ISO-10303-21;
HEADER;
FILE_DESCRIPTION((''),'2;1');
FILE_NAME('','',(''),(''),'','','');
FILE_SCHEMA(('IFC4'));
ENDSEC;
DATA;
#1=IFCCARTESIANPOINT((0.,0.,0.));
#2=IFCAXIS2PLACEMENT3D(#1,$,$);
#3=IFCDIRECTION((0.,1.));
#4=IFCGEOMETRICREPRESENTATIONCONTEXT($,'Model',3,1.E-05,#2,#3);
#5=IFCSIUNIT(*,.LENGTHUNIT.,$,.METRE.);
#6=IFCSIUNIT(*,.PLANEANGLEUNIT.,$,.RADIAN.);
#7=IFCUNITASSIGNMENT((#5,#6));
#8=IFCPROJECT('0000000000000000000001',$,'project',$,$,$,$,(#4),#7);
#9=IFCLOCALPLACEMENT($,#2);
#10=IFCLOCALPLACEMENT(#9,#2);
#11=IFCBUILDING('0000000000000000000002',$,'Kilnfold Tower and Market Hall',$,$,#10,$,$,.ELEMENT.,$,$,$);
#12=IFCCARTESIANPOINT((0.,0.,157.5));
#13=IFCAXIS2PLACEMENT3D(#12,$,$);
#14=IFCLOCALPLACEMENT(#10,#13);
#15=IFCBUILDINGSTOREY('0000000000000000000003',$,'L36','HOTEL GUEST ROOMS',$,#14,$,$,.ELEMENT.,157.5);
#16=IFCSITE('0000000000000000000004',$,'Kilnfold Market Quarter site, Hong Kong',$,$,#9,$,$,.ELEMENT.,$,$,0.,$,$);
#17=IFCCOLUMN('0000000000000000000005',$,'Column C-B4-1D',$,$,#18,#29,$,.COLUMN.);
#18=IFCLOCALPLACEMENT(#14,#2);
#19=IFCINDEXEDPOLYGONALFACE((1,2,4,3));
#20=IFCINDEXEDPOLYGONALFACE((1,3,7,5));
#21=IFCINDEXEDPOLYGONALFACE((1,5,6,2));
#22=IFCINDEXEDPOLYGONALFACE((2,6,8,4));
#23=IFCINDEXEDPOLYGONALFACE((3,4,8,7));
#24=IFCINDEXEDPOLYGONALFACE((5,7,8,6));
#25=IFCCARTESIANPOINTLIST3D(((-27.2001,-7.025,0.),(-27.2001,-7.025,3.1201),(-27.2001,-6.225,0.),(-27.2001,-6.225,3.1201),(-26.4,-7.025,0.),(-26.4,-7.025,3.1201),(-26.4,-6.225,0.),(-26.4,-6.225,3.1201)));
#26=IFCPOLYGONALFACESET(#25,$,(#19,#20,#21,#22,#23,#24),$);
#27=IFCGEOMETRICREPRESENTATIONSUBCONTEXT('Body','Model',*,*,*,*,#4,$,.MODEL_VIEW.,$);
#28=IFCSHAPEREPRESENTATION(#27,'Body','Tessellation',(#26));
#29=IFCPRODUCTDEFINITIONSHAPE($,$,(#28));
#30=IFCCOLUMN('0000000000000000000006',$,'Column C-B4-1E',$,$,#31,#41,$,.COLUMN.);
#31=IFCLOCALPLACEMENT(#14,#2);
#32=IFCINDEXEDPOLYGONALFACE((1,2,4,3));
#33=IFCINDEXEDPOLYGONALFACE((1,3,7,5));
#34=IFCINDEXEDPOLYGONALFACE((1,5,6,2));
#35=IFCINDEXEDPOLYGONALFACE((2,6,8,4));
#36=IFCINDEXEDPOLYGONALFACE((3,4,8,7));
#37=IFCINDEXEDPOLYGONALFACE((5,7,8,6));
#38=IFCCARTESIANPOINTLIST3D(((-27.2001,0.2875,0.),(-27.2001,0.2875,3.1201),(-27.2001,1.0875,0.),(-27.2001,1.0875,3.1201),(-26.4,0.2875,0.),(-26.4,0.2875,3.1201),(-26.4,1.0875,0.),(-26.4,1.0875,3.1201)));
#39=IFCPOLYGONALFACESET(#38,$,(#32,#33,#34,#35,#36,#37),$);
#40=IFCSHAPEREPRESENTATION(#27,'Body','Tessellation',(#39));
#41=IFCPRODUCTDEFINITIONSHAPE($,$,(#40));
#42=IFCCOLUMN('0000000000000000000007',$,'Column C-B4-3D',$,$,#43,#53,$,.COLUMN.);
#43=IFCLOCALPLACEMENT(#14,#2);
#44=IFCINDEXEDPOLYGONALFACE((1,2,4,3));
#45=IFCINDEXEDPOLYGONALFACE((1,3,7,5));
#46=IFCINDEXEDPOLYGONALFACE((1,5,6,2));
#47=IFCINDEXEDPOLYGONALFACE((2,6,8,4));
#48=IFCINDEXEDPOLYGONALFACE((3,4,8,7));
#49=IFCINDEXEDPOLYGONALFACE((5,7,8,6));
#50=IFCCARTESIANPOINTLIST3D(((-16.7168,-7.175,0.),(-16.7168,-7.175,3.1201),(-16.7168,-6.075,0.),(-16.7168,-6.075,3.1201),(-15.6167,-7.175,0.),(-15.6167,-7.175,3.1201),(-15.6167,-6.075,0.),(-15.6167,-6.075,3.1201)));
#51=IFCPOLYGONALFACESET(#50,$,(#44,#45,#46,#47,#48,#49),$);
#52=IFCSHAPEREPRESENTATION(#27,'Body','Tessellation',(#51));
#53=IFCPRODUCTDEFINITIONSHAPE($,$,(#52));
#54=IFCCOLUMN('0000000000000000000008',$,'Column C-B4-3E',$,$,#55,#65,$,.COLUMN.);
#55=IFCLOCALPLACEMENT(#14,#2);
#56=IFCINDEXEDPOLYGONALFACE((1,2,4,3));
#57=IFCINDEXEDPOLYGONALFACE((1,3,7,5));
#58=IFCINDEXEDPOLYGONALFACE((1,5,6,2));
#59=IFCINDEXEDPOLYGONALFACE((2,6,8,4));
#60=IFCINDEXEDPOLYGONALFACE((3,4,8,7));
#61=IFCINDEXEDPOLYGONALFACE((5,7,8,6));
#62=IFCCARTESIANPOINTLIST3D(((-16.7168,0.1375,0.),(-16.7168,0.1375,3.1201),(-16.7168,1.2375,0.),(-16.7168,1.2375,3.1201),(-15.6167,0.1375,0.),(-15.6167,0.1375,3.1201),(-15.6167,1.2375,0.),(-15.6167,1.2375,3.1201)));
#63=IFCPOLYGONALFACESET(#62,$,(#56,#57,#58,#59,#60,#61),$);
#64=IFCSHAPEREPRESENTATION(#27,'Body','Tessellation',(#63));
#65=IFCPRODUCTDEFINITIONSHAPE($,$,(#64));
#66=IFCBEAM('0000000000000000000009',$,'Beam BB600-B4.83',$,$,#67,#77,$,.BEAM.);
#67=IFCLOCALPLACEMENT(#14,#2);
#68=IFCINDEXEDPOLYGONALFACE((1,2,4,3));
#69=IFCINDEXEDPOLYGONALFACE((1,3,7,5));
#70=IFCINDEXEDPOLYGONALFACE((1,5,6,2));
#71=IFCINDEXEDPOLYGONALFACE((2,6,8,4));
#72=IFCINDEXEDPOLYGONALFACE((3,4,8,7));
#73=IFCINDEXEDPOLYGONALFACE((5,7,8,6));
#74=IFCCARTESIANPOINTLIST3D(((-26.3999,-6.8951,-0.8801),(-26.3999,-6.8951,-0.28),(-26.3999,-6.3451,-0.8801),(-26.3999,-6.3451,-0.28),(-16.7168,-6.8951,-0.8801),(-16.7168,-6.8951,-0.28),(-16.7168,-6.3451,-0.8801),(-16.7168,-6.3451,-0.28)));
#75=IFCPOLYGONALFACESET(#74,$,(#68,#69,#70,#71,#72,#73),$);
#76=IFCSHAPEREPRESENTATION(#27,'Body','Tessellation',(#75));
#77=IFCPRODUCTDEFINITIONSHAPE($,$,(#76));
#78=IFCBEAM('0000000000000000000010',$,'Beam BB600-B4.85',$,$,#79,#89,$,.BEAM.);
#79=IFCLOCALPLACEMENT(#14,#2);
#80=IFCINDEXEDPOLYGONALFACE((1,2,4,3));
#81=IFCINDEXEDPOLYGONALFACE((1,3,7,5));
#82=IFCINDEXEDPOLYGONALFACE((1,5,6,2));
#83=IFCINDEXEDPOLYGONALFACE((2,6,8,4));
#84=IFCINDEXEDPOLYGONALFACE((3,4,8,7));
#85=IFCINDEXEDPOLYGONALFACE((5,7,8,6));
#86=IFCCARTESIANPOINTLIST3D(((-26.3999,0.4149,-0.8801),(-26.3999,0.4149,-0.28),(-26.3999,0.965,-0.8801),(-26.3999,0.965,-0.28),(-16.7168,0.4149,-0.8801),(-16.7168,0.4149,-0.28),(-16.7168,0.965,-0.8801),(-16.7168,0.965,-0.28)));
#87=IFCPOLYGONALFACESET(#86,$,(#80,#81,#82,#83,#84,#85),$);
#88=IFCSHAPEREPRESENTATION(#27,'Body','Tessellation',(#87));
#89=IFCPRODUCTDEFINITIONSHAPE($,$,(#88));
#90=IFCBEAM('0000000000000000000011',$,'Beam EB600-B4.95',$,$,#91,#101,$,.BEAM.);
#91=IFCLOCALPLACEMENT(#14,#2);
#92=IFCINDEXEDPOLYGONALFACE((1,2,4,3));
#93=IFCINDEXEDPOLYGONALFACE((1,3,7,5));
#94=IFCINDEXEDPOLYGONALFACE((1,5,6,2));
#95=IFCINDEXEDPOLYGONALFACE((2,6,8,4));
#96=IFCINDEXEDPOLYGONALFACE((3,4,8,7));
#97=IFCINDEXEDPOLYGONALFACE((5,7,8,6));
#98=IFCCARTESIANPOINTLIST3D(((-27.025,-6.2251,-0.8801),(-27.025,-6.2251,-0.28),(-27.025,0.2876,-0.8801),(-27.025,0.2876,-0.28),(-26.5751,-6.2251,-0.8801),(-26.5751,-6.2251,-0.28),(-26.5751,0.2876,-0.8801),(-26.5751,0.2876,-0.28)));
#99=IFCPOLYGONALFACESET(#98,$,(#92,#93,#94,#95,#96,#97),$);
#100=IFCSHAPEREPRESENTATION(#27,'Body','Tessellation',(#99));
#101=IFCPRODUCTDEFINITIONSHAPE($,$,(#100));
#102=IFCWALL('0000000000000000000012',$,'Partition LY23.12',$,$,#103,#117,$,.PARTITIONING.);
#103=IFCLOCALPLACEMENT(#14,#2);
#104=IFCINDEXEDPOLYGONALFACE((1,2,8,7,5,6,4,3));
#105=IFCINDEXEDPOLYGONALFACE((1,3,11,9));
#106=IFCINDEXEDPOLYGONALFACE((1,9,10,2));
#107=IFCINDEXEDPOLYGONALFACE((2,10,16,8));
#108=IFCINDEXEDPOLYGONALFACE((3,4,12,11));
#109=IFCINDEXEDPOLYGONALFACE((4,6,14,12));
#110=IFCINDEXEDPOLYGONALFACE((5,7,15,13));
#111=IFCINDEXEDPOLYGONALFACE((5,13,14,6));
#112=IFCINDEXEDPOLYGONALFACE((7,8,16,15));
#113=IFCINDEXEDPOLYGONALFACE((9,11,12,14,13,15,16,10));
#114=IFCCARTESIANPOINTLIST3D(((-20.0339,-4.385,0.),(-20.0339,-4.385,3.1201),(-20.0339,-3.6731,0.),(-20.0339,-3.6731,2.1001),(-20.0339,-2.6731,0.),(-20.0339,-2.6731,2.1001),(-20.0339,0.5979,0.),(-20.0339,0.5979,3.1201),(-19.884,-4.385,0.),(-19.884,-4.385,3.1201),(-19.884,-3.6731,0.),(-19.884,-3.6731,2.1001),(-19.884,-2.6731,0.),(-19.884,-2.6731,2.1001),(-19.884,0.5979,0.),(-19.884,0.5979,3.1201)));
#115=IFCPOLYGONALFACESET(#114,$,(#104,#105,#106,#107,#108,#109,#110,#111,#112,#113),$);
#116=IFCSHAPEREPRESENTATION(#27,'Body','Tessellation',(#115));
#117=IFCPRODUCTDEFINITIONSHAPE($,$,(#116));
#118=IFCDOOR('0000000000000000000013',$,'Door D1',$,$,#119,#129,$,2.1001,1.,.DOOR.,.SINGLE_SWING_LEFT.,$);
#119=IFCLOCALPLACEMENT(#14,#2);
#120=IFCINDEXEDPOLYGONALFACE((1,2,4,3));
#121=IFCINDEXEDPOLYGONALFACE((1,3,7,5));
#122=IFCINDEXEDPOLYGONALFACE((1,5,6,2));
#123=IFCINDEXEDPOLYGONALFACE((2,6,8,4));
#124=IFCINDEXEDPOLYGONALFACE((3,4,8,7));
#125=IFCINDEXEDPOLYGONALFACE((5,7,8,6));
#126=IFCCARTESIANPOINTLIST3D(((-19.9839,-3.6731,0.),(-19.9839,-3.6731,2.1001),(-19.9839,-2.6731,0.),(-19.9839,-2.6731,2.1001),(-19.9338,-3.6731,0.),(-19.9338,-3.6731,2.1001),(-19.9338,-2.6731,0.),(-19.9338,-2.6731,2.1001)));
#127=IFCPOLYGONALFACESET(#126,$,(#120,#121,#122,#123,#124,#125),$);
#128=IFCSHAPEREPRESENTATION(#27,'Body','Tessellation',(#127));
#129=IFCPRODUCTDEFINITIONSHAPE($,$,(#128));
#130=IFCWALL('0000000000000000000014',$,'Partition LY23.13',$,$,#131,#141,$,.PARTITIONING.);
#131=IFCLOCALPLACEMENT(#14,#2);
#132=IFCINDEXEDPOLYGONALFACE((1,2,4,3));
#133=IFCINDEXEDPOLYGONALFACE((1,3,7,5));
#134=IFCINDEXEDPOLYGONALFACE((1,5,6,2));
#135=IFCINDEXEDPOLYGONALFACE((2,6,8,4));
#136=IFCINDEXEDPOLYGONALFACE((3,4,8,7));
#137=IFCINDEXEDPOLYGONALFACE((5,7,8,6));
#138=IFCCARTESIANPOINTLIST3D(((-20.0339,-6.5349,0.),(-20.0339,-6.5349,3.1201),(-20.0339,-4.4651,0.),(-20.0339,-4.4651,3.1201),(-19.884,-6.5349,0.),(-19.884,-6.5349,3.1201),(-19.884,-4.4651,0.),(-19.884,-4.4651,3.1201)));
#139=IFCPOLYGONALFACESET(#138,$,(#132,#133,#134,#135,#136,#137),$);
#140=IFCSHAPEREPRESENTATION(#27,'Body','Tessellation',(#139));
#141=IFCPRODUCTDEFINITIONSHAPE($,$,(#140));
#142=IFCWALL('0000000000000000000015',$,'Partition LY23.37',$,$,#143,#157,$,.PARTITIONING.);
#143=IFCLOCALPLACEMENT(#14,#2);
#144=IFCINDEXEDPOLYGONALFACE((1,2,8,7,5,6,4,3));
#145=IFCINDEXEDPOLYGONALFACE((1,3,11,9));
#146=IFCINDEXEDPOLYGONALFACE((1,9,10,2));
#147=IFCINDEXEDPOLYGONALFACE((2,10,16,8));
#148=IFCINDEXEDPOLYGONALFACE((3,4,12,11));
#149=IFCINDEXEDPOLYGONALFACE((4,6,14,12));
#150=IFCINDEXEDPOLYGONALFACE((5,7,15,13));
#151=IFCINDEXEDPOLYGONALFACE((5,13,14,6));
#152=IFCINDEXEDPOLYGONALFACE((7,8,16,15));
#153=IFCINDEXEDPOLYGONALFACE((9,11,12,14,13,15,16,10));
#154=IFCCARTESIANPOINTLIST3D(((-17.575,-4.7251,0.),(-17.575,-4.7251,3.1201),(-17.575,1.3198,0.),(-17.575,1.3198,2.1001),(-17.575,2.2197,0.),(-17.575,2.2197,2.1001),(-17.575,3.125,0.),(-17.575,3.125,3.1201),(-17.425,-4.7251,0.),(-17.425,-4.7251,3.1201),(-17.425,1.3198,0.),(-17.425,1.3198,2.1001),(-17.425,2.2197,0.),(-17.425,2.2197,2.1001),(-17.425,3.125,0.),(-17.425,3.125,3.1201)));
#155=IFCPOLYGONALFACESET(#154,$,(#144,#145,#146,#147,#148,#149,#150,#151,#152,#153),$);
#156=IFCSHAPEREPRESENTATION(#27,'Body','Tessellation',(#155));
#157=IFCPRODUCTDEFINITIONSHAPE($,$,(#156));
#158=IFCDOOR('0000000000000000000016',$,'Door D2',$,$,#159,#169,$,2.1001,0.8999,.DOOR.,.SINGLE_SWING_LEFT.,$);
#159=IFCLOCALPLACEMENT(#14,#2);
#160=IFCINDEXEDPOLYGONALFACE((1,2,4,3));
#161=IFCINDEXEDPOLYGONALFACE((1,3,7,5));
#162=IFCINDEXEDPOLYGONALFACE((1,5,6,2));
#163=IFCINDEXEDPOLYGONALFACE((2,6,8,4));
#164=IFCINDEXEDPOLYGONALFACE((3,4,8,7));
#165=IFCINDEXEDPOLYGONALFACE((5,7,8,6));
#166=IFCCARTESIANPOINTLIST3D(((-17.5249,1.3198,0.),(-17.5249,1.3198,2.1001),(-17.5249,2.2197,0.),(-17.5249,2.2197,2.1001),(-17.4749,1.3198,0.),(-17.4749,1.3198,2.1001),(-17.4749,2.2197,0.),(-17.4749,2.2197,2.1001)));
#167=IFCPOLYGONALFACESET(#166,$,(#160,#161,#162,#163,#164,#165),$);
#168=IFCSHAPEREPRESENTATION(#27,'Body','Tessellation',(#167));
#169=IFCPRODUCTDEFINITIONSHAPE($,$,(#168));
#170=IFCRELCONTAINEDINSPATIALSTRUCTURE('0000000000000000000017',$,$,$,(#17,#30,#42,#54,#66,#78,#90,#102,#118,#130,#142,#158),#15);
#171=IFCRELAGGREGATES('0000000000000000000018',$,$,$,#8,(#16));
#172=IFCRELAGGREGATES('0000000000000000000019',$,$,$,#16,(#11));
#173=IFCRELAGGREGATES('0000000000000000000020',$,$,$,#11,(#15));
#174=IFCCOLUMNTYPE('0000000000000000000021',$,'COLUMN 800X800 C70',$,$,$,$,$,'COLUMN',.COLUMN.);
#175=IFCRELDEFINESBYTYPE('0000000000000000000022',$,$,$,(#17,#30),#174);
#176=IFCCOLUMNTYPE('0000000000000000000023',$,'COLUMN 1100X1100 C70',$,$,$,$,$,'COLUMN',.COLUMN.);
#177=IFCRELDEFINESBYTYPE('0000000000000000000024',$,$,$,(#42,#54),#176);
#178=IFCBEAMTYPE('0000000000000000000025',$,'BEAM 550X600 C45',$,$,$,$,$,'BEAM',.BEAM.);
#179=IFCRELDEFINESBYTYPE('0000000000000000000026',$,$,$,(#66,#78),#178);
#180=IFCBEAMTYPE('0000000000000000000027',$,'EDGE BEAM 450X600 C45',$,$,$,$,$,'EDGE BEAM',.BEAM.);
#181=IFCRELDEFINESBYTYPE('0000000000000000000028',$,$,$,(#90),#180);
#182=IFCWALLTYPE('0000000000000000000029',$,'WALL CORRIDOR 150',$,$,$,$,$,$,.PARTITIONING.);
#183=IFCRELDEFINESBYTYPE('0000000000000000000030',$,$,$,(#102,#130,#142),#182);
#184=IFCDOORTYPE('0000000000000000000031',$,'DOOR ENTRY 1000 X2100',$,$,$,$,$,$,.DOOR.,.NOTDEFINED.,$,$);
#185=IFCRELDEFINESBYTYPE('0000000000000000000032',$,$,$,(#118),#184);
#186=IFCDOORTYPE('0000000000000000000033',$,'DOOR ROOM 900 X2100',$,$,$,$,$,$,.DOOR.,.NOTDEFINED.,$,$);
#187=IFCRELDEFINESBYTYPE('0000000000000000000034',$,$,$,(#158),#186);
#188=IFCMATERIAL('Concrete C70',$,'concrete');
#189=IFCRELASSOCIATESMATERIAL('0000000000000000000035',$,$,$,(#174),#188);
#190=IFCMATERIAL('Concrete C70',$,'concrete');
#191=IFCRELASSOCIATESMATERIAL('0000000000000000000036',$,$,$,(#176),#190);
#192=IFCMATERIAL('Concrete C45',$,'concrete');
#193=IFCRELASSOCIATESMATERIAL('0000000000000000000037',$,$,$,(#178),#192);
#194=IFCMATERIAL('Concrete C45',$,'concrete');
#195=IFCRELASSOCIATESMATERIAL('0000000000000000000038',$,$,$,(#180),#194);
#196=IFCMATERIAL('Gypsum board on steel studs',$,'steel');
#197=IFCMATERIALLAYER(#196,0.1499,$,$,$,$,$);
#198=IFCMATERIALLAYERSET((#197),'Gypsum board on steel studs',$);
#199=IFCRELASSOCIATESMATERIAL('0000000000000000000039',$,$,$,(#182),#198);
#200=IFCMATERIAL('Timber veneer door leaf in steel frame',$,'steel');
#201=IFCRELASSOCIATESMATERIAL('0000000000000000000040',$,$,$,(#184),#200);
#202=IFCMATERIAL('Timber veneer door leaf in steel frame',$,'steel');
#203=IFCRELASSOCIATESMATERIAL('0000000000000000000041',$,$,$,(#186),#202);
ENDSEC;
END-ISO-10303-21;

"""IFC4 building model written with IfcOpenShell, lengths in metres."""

from ifc_helpers import new_model, si_unit, direction, frame, frame_2d, origin, origin_2d, place, context, subcontext, project, spatial, rectangle, extrude, source, transform, mapped, material, layer, layer_set, material_profile, profile_set, type_object, element, fill, save


model = new_model("IFC4")

# Units and contexts
model_context = context("Model", 3, precision=1e-05, world=origin(), true_north=direction((0.0, 1.0)))
body_context = subcontext(model_context, "Body", "Model", "MODEL_VIEW")
ifc_project = project(units=[si_unit("LENGTHUNIT", "METRE"), si_unit("PLANEANGLEUNIT", "RADIAN")], contexts=[model_context])

# Site, building, storey
site_placement = place(None, origin())
site = spatial("IfcSite", under=ifc_project, at=site_placement, Name="Kilnfold Market Quarter site, Hong Kong", CompositionType="ELEMENT", RefElevation=0.0)
building_placement = place(site_placement, origin())
building = spatial("IfcBuilding", under=site, at=building_placement, Name="Kilnfold Tower and Market Hall", CompositionType="ELEMENT")
storey_placement = place(building_placement, frame((0.0, 0.0, 157.5)))
storey = spatial("IfcBuildingStorey", under=building, at=storey_placement, Name="L36", Description="HOTEL GUEST ROOMS", CompositionType="ELEMENT", Elevation=157.5)

# Columns
ifc_material_1 = material(Name="Concrete C70", Category="concrete")
ifc_material_profile_1 = material_profile(ifc_material_1, rectangle(XDim=0.8, YDim=0.8, at=origin_2d()), Name="RC 800x800")
ifc_profile_set_1 = profile_set([ifc_material_profile_1], Name="Concrete C70")
column_type_1 = type_object("IfcColumnType", Name="COLUMN 800X800 C70", ElementType="COLUMN", PredefinedType="COLUMN", material=ifc_profile_set_1)
shared_shape_1 = source(origin(), body_context, "Body", "SweptSolid", [
    extrude(rectangle(XDim=0.8, YDim=0.8, at=origin_2d()), origin(), (0.0, 0.0, 1.0), 3.1201),
])
for number, where, z_axis, x_axis, name in (
    (1, (-26.8, -6.625, 0.0), (0.0, 0.0, 1.0), (1.0, 0.0, 0.0), "Column C-B4-1D"),
    (2, (-26.8, 0.6875, 0.0), (0.0, 0.0, 1.0), (1.0, 0.0, 0.0), "Column C-B4-1E"),
):
    element("IfcColumn", number, at=place(storey_placement, frame(where, z_axis=z_axis, x_axis=x_axis)), inside=storey, type_object=column_type_1, Name=name, PredefinedType="COLUMN", context=body_context, shape_type="MappedRepresentation", body=[
        mapped(shared_shape_1, transform((0.0, 0.0, 0.0))),
    ])
ifc_material_2 = material(Name="Concrete C70", Category="concrete")
ifc_material_profile_2 = material_profile(ifc_material_2, rectangle(XDim=1.1001, YDim=1.1001, at=origin_2d()), Name="RC 1100x1100")
ifc_profile_set_2 = profile_set([ifc_material_profile_2], Name="Concrete C70")
column_type_2 = type_object("IfcColumnType", Name="COLUMN 1100X1100 C70", ElementType="COLUMN", PredefinedType="COLUMN", material=ifc_profile_set_2)
shared_shape_2 = source(origin(), body_context, "Body", "SweptSolid", [
    extrude(rectangle(XDim=1.1001, YDim=1.1001, at=origin_2d()), origin(), (0.0, 0.0, 1.0), 3.1201),
])
for number, where, z_axis, x_axis, name in (
    (3, (-16.1667, -6.625, 0.0), (0.0, 0.0, 1.0), (1.0, 0.0, 0.0), "Column C-B4-3D"),
    (4, (-16.1667, 0.6875, 0.0), (0.0, 0.0, 1.0), (1.0, 0.0, 0.0), "Column C-B4-3E"),
):
    element("IfcColumn", number, at=place(storey_placement, frame(where, z_axis=z_axis, x_axis=x_axis)), inside=storey, type_object=column_type_2, Name=name, PredefinedType="COLUMN", context=body_context, shape_type="MappedRepresentation", body=[
        mapped(shared_shape_2, transform((0.0, 0.0, 0.0))),
    ])

# Beams
ifc_material_3 = material(Name="Concrete C45", Category="concrete")
ifc_material_profile_3 = material_profile(ifc_material_3, rectangle(XDim=0.55, YDim=0.6001, at=origin_2d()), Name="RC 550x600")
ifc_profile_set_3 = profile_set([ifc_material_profile_3], Name="Concrete C45")
beam_type_1 = type_object("IfcBeamType", Name="BEAM 550X600 C45", ElementType="BEAM", PredefinedType="BEAM", material=ifc_profile_set_3)
shared_shape_3 = source(origin(), body_context, "Body", "SweptSolid", [
    extrude(rectangle(XDim=0.55, YDim=0.6001, at=origin_2d()), origin(), (0.0, 0.0, 1.0), 9.6831),
])
for number, where, z_axis, x_axis, name in (
    (5, (-26.3999, -6.6201, -0.5801), (1.0, 0.0, 0.0), (0.0, 1.0, 0.0), "Beam BB600-B4.83"),
    (6, (-26.3999, 0.6899, -0.5801), (1.0, 0.0, 0.0), (0.0, 1.0, 0.0), "Beam BB600-B4.85"),
):
    element("IfcBeam", number, at=place(storey_placement, frame(where, z_axis=z_axis, x_axis=x_axis)), inside=storey, type_object=beam_type_1, Name=name, PredefinedType="BEAM", context=body_context, shape_type="MappedRepresentation", body=[
        mapped(shared_shape_3, transform((0.0, 0.0, 0.0))),
    ])
ifc_material_4 = material(Name="Concrete C45", Category="concrete")
ifc_material_profile_4 = material_profile(ifc_material_4, rectangle(XDim=0.45, YDim=0.6001, at=origin_2d()), Name="RC 450x600")
ifc_profile_set_4 = profile_set([ifc_material_profile_4], Name="Concrete C45")
beam_type_2 = type_object("IfcBeamType", Name="EDGE BEAM 450X600 C45", ElementType="EDGE BEAM", PredefinedType="BEAM", material=ifc_profile_set_4)
shared_shape_4 = source(origin(), body_context, "Body", "SweptSolid", [
    extrude(rectangle(XDim=0.45, YDim=0.6001, at=origin_2d()), origin(), (0.0, 0.0, 1.0), 6.5127),
])
beam_placement = place(storey_placement, frame((-26.8, -6.2251, -0.5801), z_axis=(0.0, 1.0, 0.0), x_axis=(-1.0, 0.0, 0.0)))
element("IfcBeam", 7, at=beam_placement, inside=storey, type_object=beam_type_2, Name="Beam EB600-B4.95", PredefinedType="BEAM", context=body_context, shape_type="MappedRepresentation", body=[
    mapped(shared_shape_4, transform((0.0, 0.0, 0.0))),
])

# Shared definitions
ifc_material_5 = material(Name="Gypsum board on steel studs", Category="steel")
ifc_layer_1 = layer(ifc_material_5, 0.1499)
ifc_layer_set_1 = layer_set([ifc_layer_1], Name="Gypsum board on steel studs")
wall_type_1 = type_object("IfcWallType", Name="WALL CORRIDOR 150", PredefinedType="PARTITIONING", material=ifc_layer_set_1)

# Wall, opening, door
wall_1_placement = place(storey_placement, frame((-19.959, -4.385, 0.0), z_axis=(0.0, 0.0, 1.0), x_axis=(0.0, 1.0, 0.0)))
wall_1 = element("IfcWall", 8, at=wall_1_placement, inside=storey, type_object=wall_type_1, Name="Partition LY23.12", PredefinedType="PARTITIONING", context=body_context, shape_type="SweptSolid", body=[
    extrude(rectangle(XDim=4.9829, YDim=0.1499, at=frame_2d((2.4915, 0.0))), origin(), (0.0, 0.0, 1.0), 3.1201),
])
opening_1_placement = place(wall_1_placement, frame((0.7119, 0.0, 0.0)))
opening_1 = element("IfcOpeningElement", 9, at=opening_1_placement, cuts=wall_1, PredefinedType="OPENING", context=body_context, shape_type="SweptSolid", body=[
    extrude(rectangle(XDim=1.0, YDim=2.1001, at=frame_2d((0.5, 1.05))), frame((0.0, 0.085, 0.0), z_axis=(0.0, -1.0, 0.0), x_axis=(1.0, 0.0, 0.0)), (0.0, 0.0, 1.0), 0.1699),
])
ifc_material_6 = material(Name="Timber veneer door leaf in steel frame", Category="steel")
door_type_1 = type_object("IfcDoorType", Name="DOOR ENTRY 1000 X2100", OperationType="NOTDEFINED", PredefinedType="DOOR", material=ifc_material_6)
door_1_placement = place(opening_1_placement, origin())
door_1 = element("IfcDoor", 10, at=door_1_placement, inside=storey, type_object=door_type_1, Name="Door D1", OperationType="SINGLE_SWING_LEFT", OverallHeight=2.1001, OverallWidth=1.0, PredefinedType="DOOR", context=body_context, shape_type="SweptSolid", body=[
    extrude(rectangle(XDim=1.0, YDim=2.1001, at=frame_2d((0.5, 1.05))), frame((0.0, 0.0249, 0.0), z_axis=(0.0, -1.0, 0.0), x_axis=(1.0, 0.0, 0.0)), (0.0, 0.0, 1.0), 0.05),
])
fill(opening_1, door_1)

# Wall
wall_2_placement = place(storey_placement, frame((-19.959, -6.5349, 0.0), z_axis=(0.0, 0.0, 1.0), x_axis=(0.0, 1.0, 0.0)))
element("IfcWall", 11, at=wall_2_placement, inside=storey, type_object=wall_type_1, Name="Partition LY23.13", PredefinedType="PARTITIONING", context=body_context, shape_type="SweptSolid", body=[
    extrude(rectangle(XDim=2.0698, YDim=0.1499, at=frame_2d((1.0349, 0.0))), origin(), (0.0, 0.0, 1.0), 3.1201),
])

# Wall, opening, door
wall_3_placement = place(storey_placement, frame((-17.5, -4.7251, 0.0), z_axis=(0.0, 0.0, 1.0), x_axis=(0.0, 1.0, 0.0)))
wall_3 = element("IfcWall", 12, at=wall_3_placement, inside=storey, type_object=wall_type_1, Name="Partition LY23.37", PredefinedType="PARTITIONING", context=body_context, shape_type="SweptSolid", body=[
    extrude(rectangle(XDim=7.8501, YDim=0.1499, at=frame_2d((3.925, 0.0))), origin(), (0.0, 0.0, 1.0), 3.1201),
])
opening_2_placement = place(wall_3_placement, frame((6.0449, 0.0, 0.0)))
opening_2 = element("IfcOpeningElement", 13, at=opening_2_placement, cuts=wall_3, PredefinedType="OPENING", context=body_context, shape_type="SweptSolid", body=[
    extrude(rectangle(XDim=0.8999, YDim=2.1001, at=frame_2d((0.45, 1.05))), frame((0.0, 0.085, 0.0), z_axis=(0.0, -1.0, 0.0), x_axis=(1.0, 0.0, 0.0)), (0.0, 0.0, 1.0), 0.1699),
])
ifc_material_7 = material(Name="Timber veneer door leaf in steel frame", Category="steel")
door_type_2 = type_object("IfcDoorType", Name="DOOR ROOM 900 X2100", OperationType="NOTDEFINED", PredefinedType="DOOR", material=ifc_material_7)
door_2_placement = place(opening_2_placement, origin())
door_2 = element("IfcDoor", 14, at=door_2_placement, inside=storey, type_object=door_type_2, Name="Door D2", OperationType="SINGLE_SWING_LEFT", OverallHeight=2.1001, OverallWidth=0.8999, PredefinedType="DOOR", context=body_context, shape_type="SweptSolid", body=[
    extrude(rectangle(XDim=0.8999, YDim=2.1001, at=frame_2d((0.45, 1.05))), frame((0.0, 0.0249, 0.0), z_axis=(0.0, -1.0, 0.0), x_axis=(1.0, 0.0, 0.0)), (0.0, 0.0, 1.0), 0.05),
])
fill(opening_2, door_2)

save(model, "model.ifc")
